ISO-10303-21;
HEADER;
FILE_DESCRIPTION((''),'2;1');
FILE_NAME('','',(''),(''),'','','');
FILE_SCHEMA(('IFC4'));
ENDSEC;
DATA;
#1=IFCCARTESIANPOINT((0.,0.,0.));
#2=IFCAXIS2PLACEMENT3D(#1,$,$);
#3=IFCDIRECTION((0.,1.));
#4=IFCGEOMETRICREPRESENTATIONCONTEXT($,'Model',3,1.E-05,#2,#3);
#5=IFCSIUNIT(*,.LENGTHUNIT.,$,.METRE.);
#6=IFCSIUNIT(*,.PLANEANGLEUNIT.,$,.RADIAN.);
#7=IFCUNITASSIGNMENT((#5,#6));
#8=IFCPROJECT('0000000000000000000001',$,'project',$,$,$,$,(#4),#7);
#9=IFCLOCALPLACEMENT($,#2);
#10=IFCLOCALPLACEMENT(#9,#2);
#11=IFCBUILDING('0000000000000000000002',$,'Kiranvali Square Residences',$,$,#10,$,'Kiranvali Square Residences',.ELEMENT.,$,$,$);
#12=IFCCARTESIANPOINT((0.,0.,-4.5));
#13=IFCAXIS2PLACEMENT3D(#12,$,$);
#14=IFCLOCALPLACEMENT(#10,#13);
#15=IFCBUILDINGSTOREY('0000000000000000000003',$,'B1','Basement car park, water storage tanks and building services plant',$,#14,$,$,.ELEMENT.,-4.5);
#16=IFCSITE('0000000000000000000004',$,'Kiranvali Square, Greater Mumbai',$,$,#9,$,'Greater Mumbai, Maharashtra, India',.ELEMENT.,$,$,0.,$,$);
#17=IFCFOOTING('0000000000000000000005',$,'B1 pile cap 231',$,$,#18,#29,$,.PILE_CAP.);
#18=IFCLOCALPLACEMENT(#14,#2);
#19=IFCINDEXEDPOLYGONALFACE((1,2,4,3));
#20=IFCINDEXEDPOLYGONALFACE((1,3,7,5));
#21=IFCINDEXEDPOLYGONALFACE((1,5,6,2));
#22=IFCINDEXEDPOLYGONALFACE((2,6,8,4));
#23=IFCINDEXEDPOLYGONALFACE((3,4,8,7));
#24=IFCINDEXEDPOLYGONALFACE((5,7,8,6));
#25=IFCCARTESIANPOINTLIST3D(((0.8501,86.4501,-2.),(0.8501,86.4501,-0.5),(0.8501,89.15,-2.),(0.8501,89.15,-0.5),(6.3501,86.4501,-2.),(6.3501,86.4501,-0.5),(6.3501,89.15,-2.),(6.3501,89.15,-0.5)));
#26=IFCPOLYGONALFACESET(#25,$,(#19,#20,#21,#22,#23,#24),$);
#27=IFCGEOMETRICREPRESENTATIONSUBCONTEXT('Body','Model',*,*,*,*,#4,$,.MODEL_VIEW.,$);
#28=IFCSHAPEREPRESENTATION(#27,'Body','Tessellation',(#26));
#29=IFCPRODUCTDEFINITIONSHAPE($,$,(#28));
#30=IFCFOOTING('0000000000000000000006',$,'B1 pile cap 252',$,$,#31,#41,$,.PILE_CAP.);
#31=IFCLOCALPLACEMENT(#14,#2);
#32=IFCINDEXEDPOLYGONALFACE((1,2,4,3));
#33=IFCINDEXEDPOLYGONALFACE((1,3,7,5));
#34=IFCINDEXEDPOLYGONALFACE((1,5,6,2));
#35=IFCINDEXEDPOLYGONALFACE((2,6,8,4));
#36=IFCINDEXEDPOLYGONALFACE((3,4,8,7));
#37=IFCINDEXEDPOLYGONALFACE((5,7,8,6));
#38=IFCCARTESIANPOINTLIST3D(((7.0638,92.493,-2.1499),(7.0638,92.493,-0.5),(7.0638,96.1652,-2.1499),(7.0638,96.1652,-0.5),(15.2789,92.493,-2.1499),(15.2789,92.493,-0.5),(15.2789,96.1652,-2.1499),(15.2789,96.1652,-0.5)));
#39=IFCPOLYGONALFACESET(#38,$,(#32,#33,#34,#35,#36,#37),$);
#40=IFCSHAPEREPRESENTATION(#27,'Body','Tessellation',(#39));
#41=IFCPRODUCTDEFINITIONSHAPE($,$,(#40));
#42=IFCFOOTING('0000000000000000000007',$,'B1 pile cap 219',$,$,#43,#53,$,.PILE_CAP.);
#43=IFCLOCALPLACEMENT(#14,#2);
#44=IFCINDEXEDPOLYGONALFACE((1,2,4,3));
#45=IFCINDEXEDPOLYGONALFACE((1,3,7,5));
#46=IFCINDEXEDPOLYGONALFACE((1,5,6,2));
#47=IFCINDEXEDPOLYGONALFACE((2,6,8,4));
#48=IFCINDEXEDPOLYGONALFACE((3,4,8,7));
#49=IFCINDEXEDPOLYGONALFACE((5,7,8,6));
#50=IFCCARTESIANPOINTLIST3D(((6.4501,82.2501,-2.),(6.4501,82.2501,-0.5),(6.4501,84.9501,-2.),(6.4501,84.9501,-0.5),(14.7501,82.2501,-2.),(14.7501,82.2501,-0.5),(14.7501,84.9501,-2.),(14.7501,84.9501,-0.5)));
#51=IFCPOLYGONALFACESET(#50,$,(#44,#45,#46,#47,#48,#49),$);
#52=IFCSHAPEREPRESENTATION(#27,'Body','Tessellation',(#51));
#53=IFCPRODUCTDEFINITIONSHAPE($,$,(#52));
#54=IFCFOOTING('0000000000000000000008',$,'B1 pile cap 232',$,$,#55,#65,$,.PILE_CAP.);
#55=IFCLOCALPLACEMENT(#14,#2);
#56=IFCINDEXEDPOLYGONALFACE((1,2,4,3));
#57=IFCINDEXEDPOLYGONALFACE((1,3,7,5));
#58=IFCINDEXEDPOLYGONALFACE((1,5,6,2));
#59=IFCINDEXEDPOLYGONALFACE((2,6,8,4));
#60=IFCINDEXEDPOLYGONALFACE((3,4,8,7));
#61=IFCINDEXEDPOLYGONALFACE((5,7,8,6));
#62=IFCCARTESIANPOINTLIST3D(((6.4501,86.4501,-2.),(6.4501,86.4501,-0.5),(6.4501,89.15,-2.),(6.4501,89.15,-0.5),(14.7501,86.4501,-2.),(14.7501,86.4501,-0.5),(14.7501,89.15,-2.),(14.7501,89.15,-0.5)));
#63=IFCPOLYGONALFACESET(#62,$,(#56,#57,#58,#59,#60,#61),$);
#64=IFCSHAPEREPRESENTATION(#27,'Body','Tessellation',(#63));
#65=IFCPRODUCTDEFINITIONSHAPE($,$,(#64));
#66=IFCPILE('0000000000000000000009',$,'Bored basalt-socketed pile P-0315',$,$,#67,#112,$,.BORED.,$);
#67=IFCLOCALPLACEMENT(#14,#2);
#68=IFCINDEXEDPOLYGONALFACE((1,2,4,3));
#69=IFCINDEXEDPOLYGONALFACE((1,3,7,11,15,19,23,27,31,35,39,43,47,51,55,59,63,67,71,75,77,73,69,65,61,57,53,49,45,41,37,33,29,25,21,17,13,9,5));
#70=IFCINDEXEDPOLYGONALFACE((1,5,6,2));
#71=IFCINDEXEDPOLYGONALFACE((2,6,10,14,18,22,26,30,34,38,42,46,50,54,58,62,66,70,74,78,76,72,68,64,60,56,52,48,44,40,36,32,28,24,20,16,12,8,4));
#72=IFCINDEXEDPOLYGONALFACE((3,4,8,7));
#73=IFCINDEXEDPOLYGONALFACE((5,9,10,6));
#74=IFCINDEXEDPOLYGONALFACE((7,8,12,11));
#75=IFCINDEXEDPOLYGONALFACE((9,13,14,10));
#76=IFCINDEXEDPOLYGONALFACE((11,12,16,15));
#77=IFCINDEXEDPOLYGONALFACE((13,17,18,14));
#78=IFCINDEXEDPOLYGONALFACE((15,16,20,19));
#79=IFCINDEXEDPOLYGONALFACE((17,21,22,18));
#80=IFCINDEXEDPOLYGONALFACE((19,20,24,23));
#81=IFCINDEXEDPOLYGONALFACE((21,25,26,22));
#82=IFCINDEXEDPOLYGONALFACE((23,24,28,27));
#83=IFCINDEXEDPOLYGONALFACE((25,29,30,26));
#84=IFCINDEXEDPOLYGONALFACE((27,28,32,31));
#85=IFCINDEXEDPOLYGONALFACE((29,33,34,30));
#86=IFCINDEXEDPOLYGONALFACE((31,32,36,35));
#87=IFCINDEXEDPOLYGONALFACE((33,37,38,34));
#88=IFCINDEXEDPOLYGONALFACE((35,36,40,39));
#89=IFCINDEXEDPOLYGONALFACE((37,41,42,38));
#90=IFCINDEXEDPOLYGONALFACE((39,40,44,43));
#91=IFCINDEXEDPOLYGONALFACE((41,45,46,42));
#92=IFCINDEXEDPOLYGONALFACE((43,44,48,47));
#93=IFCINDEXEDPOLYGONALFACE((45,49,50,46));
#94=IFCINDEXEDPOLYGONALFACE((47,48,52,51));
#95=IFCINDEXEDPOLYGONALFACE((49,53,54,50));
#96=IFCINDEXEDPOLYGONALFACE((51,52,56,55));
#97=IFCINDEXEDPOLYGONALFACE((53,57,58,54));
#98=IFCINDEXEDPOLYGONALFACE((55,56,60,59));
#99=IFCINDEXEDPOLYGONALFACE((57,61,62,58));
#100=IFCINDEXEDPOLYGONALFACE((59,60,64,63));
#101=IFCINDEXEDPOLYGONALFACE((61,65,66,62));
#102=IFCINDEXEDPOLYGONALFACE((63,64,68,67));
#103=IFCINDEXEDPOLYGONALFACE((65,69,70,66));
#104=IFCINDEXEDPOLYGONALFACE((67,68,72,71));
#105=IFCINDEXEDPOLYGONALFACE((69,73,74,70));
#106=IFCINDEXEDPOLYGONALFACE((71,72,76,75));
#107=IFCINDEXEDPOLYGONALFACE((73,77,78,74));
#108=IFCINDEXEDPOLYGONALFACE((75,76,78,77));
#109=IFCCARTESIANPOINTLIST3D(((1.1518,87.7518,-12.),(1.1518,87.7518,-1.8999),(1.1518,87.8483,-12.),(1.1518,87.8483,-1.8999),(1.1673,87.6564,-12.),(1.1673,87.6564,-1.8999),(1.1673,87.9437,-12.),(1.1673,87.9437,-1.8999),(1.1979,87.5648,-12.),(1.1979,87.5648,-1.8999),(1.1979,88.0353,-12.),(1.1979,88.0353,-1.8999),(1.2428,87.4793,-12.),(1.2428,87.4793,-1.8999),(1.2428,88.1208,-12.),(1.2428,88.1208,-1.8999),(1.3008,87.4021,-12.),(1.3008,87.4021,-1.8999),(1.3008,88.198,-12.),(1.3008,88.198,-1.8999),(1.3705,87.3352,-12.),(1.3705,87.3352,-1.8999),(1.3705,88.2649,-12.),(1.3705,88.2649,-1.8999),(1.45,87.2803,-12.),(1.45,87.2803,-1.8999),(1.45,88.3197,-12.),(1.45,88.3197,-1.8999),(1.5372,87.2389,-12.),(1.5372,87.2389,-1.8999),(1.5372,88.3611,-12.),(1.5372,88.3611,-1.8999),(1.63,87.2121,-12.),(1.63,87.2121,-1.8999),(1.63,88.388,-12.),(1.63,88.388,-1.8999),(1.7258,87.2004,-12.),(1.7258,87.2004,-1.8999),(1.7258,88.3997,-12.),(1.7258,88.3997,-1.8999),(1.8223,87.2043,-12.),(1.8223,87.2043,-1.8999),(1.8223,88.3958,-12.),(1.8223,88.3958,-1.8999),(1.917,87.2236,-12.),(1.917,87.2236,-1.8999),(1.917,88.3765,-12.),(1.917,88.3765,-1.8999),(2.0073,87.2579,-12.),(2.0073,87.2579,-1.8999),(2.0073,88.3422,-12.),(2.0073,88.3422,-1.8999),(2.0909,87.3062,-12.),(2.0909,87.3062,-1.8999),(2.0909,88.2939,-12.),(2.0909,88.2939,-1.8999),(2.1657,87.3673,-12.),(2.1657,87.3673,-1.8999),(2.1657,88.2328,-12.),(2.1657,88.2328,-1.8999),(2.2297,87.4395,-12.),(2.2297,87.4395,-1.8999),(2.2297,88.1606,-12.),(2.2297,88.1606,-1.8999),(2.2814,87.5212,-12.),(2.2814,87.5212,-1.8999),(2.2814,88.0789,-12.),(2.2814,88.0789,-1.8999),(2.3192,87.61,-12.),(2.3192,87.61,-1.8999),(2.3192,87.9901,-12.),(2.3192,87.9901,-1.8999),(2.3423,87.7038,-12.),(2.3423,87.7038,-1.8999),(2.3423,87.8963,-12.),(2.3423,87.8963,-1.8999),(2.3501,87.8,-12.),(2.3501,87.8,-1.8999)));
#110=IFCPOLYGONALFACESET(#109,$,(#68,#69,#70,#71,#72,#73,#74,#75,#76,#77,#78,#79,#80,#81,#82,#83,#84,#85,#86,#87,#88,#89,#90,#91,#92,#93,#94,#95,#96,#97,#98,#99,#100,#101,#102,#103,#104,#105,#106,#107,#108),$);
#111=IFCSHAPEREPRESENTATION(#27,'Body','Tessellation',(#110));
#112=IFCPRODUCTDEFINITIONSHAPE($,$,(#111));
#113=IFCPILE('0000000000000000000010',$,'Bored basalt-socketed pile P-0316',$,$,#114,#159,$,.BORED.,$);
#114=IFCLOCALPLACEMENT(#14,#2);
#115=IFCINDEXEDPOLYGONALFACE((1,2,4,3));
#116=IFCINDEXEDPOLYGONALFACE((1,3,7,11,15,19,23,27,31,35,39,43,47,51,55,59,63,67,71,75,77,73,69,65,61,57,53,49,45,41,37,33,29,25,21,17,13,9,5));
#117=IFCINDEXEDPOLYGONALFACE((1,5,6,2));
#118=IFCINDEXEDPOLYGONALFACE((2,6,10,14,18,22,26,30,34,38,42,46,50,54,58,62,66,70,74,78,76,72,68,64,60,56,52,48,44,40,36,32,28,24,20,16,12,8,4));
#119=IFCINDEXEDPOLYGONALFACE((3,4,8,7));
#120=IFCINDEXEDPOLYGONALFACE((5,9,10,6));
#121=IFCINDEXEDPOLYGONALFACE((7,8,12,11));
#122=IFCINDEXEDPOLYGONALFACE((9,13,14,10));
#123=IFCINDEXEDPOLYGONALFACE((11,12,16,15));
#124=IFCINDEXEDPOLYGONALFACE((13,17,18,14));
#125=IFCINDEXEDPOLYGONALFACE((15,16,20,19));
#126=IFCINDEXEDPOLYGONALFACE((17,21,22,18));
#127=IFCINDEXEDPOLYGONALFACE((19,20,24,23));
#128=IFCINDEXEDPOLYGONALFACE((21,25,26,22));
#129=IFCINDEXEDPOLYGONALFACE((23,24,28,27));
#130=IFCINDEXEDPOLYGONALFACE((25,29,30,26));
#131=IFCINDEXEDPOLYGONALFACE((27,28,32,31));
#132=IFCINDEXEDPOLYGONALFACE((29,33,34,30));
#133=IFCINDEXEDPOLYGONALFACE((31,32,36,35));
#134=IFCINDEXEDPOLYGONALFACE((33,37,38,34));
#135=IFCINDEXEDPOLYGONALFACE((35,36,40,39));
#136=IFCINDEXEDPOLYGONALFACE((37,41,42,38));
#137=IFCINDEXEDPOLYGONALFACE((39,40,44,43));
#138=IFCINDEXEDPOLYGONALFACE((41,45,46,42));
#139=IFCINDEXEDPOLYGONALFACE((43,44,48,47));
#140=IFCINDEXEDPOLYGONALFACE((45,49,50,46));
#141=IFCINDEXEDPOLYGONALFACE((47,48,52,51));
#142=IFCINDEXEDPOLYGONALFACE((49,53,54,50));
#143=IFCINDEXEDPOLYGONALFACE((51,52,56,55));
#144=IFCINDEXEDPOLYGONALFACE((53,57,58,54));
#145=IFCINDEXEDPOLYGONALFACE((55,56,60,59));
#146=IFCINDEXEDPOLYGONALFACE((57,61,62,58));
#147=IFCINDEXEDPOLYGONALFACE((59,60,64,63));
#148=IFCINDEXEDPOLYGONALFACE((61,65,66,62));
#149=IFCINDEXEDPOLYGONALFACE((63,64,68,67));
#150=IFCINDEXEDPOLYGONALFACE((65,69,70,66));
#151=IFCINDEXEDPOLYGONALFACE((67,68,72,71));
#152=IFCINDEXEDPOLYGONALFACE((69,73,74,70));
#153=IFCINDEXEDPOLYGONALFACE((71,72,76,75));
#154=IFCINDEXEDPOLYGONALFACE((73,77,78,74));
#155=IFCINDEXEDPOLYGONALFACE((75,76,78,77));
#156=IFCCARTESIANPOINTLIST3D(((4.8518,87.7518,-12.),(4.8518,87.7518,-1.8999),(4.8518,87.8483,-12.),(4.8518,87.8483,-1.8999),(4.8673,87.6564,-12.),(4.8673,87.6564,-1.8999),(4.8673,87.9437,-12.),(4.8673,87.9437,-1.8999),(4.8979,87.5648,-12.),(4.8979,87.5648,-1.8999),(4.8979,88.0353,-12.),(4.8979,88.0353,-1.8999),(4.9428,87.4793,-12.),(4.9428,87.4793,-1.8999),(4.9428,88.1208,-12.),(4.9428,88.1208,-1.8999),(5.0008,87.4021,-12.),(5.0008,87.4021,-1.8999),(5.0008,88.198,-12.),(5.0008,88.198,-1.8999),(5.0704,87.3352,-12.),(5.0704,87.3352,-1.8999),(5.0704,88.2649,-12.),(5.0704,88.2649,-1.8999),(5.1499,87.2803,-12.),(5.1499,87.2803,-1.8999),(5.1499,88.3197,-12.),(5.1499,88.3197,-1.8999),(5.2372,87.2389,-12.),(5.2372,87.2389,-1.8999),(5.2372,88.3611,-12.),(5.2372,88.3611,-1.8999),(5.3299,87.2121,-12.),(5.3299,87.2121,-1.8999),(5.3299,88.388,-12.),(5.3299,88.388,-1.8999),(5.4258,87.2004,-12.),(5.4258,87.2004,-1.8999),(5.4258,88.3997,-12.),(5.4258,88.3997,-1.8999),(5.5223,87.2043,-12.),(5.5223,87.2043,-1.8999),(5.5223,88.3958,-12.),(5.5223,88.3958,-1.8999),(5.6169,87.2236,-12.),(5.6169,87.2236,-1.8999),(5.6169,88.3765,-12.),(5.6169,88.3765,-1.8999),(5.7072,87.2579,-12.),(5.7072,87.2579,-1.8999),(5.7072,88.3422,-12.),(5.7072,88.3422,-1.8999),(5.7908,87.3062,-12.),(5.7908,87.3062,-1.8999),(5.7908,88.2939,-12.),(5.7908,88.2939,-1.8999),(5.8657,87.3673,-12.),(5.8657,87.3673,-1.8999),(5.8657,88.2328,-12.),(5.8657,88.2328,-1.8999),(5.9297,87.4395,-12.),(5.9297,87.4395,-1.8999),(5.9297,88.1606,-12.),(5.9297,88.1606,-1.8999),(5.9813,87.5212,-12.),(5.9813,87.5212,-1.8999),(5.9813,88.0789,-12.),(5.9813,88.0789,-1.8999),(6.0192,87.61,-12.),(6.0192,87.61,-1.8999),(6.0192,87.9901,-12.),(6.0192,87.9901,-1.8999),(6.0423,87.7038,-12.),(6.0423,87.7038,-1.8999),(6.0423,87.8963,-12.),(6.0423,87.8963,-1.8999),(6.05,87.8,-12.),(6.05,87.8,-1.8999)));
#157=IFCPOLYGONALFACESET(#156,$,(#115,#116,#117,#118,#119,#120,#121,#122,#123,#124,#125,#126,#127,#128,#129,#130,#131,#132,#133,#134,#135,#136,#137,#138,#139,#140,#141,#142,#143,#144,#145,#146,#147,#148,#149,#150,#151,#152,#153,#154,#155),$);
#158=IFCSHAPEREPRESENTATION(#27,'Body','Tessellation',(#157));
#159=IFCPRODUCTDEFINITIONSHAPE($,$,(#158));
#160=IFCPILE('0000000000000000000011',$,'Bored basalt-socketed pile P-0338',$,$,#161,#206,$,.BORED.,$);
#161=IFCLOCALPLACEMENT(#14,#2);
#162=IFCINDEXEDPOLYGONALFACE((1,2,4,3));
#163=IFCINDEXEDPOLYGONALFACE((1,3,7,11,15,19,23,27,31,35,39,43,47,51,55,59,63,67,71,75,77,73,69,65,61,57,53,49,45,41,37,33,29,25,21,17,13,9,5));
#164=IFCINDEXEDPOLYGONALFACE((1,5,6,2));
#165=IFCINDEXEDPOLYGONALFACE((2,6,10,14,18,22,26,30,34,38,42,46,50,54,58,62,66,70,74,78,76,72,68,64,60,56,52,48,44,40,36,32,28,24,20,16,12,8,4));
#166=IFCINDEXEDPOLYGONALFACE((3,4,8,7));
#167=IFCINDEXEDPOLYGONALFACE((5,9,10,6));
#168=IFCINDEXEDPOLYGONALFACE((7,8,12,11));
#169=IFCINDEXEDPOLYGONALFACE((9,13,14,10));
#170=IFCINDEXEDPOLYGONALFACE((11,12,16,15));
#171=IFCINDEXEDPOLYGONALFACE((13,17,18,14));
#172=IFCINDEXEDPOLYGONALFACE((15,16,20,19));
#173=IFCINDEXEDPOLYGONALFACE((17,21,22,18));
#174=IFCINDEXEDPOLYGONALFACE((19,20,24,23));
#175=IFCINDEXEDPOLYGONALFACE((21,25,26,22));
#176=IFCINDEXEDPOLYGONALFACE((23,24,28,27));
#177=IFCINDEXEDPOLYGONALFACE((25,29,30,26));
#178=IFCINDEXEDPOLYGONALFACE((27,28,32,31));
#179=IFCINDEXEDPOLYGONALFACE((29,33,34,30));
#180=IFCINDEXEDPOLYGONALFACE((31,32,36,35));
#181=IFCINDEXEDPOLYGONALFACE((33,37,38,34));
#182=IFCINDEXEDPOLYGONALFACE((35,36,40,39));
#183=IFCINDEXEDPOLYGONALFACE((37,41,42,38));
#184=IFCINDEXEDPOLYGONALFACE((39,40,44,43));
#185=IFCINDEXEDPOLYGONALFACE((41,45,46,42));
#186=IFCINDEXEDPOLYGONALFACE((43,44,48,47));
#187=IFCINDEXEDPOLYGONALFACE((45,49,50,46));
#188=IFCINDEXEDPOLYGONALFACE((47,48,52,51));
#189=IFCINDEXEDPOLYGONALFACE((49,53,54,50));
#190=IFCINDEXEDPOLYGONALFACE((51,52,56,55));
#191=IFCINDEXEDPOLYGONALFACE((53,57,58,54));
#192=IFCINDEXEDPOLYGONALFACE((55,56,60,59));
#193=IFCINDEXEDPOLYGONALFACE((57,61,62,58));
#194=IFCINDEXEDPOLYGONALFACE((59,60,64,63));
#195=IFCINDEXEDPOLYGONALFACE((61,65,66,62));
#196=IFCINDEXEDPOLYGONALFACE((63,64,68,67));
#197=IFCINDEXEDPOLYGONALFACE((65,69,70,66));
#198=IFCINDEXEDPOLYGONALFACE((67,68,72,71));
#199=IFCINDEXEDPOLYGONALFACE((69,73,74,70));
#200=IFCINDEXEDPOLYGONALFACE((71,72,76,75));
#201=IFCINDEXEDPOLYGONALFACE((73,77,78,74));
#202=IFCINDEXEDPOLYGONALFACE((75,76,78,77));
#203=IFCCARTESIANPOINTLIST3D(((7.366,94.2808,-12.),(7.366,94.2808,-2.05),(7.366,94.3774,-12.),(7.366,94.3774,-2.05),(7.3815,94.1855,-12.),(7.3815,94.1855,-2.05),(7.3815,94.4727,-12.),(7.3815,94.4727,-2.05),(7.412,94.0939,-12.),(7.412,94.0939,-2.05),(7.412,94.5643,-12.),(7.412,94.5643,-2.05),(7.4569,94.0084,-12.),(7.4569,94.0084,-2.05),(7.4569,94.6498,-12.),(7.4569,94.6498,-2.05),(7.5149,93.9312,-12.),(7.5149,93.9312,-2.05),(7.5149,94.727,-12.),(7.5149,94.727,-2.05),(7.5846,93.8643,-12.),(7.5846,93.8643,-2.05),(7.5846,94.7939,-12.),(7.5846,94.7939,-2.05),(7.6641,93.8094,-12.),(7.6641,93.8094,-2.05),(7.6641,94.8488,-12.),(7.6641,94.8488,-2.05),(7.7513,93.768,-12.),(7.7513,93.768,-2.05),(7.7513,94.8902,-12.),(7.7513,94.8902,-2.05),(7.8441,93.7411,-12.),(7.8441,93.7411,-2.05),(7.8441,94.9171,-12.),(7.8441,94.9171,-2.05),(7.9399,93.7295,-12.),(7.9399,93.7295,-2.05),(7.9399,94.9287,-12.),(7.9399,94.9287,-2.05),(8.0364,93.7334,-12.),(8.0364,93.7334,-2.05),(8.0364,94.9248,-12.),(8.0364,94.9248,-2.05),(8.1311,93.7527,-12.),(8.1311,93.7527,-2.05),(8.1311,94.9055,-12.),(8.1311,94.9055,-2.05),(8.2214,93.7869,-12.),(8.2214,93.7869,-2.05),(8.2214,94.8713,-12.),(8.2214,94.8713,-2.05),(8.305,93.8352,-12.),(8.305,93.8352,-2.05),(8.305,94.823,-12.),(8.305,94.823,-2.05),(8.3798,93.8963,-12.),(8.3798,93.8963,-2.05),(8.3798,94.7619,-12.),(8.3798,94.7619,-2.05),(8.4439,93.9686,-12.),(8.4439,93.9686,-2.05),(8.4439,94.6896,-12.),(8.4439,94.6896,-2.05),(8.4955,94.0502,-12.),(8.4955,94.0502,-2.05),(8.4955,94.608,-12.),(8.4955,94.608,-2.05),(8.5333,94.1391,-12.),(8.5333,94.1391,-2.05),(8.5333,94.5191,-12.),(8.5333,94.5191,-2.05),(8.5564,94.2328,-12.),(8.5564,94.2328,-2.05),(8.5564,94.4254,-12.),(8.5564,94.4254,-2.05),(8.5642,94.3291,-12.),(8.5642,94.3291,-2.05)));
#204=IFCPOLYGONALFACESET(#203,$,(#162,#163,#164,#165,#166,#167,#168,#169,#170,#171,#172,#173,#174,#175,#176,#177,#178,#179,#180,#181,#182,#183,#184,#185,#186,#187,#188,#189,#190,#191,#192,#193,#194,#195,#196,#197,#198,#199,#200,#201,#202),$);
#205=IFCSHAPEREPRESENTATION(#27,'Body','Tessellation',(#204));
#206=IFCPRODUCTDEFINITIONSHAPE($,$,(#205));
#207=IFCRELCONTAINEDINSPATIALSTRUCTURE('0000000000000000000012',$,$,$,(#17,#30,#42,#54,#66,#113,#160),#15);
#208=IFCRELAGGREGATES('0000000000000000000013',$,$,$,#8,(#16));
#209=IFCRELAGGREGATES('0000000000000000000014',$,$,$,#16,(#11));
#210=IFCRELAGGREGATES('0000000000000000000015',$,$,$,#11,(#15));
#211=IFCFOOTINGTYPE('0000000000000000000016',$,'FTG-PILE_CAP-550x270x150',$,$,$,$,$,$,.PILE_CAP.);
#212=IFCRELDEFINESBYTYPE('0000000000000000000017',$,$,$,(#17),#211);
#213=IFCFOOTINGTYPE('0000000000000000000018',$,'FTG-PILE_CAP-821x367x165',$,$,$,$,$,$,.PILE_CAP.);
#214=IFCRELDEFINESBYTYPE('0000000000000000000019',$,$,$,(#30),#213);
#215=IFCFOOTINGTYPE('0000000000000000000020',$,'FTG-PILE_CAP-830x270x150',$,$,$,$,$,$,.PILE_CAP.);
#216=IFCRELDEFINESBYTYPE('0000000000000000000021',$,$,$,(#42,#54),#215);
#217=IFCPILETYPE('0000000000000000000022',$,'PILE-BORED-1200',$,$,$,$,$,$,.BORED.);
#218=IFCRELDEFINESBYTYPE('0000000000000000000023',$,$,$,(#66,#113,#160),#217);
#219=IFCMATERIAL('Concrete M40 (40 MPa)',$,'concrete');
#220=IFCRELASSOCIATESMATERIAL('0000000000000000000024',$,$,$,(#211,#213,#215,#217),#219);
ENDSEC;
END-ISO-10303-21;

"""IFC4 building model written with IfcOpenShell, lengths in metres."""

from ifc_helpers import new_model, si_unit, direction, frame, origin, origin_2d, place, context, subcontext, project, spatial, rectangle, circle, extrude, material, material_profile, profile_set, type_object, element, save


model = new_model("IFC4")

# Units and contexts
model_context = context("Model", 3, precision=1e-05, world=origin(), true_north=direction((0.0, 1.0)))
body_context = subcontext(model_context, "Body", "Model", "MODEL_VIEW")
ifc_project = project(units=[si_unit("LENGTHUNIT", "METRE"), si_unit("PLANEANGLEUNIT", "RADIAN")], contexts=[model_context])

# Site, building, storey
site_placement = place(None, origin())
site = spatial("IfcSite", under=ifc_project, at=site_placement, Name="Kiranvali Square, Greater Mumbai", LongName="Greater Mumbai, Maharashtra, India", CompositionType="ELEMENT", RefElevation=0.0)
building_placement = place(site_placement, origin())
building = spatial("IfcBuilding", under=site, at=building_placement, Name="Kiranvali Square Residences", LongName="Kiranvali Square Residences", CompositionType="ELEMENT")
storey_placement = place(building_placement, frame((0.0, 0.0, -4.5)))
storey = spatial("IfcBuildingStorey", under=building, at=storey_placement, Name="B1", Description="Basement car park, water storage tanks and building services plant", CompositionType="ELEMENT", Elevation=-4.5)

# Footings
ifc_material_1 = material(Name="Concrete M40 (40 MPa)", Category="concrete")
footing_type_1 = type_object("IfcFootingType", Name="FTG-PILE_CAP-550x270x150", PredefinedType="PILE_CAP", material=ifc_material_1)
footing_1_placement = place(storey_placement, frame((3.6001, 87.8, -2.0), z_axis=(0.0, 0.0, 1.0), x_axis=(1.0, 0.0, 0.0)))
element("IfcFooting", 1, at=footing_1_placement, inside=storey, type_object=footing_type_1, Name="B1 pile cap 231", PredefinedType="PILE_CAP", context=body_context, shape_type="SweptSolid", body=[
    extrude(rectangle(XDim=5.5, YDim=2.7, at=origin_2d()), origin(), (0.0, 0.0, 1.0), 1.5),
])
footing_type_2 = type_object("IfcFootingType", Name="FTG-PILE_CAP-821x367x165", PredefinedType="PILE_CAP", material=ifc_material_1)
footing_2_placement = place(storey_placement, frame((11.1714, 94.3291, -2.1499), z_axis=(0.0, 0.0, 1.0), x_axis=(1.0, 0.0, 0.0)))
element("IfcFooting", 2, at=footing_2_placement, inside=storey, type_object=footing_type_2, Name="B1 pile cap 252", PredefinedType="PILE_CAP", context=body_context, shape_type="SweptSolid", body=[
    extrude(rectangle(XDim=8.2151, YDim=3.6721, at=origin_2d()), origin(), (0.0, 0.0, 1.0), 1.6499),
])
footing_type_3 = type_object("IfcFootingType", Name="FTG-PILE_CAP-830x270x150", PredefinedType="PILE_CAP", material=ifc_material_1)
for number, where, z_axis, x_axis, name in (
    (3, (10.6001, 83.6001, -2.0), (0.0, 0.0, 1.0), (1.0, 0.0, 0.0), "B1 pile cap 219"),
    (4, (10.6001, 87.8, -2.0), (0.0, 0.0, 1.0), (1.0, 0.0, 0.0), "B1 pile cap 232"),
):
    element("IfcFooting", number, at=place(storey_placement, frame(where, z_axis=z_axis, x_axis=x_axis)), inside=storey, type_object=footing_type_3, Name=name, PredefinedType="PILE_CAP", context=body_context, shape_type="SweptSolid", body=[
        extrude(rectangle(XDim=8.3, YDim=2.7, at=origin_2d()), origin(), (0.0, 0.0, 1.0), 1.5),
    ])

# Piles
ifc_material_profile_1 = material_profile(ifc_material_1, circle(Radius=0.6001, at=origin_2d()), Name="BORED PILE 1200")
ifc_profile_set_1 = profile_set([ifc_material_profile_1], Name="Concrete M40 (40 MPa)")
pile_type = type_object("IfcPileType", Name="PILE-BORED-1200", PredefinedType="BORED", material=ifc_profile_set_1)
for number, where, z_axis, x_axis, name in (
    (5, (1.75, 87.8, -1.8999), (0.0, 0.0, -1.0), (1.0, 0.0, 0.0), "Bored basalt-socketed pile P-0315"),
    (6, (5.45, 87.8, -1.8999), (0.0, 0.0, -1.0), (1.0, 0.0, 0.0), "Bored basalt-socketed pile P-0316"),
):
    element("IfcPile", number, at=place(storey_placement, frame(where, z_axis=z_axis, x_axis=x_axis)), inside=storey, type_object=pile_type, Name=name, PredefinedType="BORED", context=body_context, shape_type="SweptSolid", body=[
        extrude(circle(Radius=0.6001, at=origin_2d()), origin(), (0.0, 0.0, 1.0), 10.1001),
    ])
pile_placement = place(storey_placement, frame((7.9641, 94.3291, -2.05), z_axis=(0.0, 0.0, -1.0), x_axis=(1.0, 0.0, 0.0)))
element("IfcPile", 7, at=pile_placement, inside=storey, type_object=pile_type, Name="Bored basalt-socketed pile P-0338", PredefinedType="BORED", context=body_context, shape_type="SweptSolid", body=[
    extrude(circle(Radius=0.6001, at=origin_2d()), origin(), (0.0, 0.0, 1.0), 9.95),
])

save(model, "model.ifc")
